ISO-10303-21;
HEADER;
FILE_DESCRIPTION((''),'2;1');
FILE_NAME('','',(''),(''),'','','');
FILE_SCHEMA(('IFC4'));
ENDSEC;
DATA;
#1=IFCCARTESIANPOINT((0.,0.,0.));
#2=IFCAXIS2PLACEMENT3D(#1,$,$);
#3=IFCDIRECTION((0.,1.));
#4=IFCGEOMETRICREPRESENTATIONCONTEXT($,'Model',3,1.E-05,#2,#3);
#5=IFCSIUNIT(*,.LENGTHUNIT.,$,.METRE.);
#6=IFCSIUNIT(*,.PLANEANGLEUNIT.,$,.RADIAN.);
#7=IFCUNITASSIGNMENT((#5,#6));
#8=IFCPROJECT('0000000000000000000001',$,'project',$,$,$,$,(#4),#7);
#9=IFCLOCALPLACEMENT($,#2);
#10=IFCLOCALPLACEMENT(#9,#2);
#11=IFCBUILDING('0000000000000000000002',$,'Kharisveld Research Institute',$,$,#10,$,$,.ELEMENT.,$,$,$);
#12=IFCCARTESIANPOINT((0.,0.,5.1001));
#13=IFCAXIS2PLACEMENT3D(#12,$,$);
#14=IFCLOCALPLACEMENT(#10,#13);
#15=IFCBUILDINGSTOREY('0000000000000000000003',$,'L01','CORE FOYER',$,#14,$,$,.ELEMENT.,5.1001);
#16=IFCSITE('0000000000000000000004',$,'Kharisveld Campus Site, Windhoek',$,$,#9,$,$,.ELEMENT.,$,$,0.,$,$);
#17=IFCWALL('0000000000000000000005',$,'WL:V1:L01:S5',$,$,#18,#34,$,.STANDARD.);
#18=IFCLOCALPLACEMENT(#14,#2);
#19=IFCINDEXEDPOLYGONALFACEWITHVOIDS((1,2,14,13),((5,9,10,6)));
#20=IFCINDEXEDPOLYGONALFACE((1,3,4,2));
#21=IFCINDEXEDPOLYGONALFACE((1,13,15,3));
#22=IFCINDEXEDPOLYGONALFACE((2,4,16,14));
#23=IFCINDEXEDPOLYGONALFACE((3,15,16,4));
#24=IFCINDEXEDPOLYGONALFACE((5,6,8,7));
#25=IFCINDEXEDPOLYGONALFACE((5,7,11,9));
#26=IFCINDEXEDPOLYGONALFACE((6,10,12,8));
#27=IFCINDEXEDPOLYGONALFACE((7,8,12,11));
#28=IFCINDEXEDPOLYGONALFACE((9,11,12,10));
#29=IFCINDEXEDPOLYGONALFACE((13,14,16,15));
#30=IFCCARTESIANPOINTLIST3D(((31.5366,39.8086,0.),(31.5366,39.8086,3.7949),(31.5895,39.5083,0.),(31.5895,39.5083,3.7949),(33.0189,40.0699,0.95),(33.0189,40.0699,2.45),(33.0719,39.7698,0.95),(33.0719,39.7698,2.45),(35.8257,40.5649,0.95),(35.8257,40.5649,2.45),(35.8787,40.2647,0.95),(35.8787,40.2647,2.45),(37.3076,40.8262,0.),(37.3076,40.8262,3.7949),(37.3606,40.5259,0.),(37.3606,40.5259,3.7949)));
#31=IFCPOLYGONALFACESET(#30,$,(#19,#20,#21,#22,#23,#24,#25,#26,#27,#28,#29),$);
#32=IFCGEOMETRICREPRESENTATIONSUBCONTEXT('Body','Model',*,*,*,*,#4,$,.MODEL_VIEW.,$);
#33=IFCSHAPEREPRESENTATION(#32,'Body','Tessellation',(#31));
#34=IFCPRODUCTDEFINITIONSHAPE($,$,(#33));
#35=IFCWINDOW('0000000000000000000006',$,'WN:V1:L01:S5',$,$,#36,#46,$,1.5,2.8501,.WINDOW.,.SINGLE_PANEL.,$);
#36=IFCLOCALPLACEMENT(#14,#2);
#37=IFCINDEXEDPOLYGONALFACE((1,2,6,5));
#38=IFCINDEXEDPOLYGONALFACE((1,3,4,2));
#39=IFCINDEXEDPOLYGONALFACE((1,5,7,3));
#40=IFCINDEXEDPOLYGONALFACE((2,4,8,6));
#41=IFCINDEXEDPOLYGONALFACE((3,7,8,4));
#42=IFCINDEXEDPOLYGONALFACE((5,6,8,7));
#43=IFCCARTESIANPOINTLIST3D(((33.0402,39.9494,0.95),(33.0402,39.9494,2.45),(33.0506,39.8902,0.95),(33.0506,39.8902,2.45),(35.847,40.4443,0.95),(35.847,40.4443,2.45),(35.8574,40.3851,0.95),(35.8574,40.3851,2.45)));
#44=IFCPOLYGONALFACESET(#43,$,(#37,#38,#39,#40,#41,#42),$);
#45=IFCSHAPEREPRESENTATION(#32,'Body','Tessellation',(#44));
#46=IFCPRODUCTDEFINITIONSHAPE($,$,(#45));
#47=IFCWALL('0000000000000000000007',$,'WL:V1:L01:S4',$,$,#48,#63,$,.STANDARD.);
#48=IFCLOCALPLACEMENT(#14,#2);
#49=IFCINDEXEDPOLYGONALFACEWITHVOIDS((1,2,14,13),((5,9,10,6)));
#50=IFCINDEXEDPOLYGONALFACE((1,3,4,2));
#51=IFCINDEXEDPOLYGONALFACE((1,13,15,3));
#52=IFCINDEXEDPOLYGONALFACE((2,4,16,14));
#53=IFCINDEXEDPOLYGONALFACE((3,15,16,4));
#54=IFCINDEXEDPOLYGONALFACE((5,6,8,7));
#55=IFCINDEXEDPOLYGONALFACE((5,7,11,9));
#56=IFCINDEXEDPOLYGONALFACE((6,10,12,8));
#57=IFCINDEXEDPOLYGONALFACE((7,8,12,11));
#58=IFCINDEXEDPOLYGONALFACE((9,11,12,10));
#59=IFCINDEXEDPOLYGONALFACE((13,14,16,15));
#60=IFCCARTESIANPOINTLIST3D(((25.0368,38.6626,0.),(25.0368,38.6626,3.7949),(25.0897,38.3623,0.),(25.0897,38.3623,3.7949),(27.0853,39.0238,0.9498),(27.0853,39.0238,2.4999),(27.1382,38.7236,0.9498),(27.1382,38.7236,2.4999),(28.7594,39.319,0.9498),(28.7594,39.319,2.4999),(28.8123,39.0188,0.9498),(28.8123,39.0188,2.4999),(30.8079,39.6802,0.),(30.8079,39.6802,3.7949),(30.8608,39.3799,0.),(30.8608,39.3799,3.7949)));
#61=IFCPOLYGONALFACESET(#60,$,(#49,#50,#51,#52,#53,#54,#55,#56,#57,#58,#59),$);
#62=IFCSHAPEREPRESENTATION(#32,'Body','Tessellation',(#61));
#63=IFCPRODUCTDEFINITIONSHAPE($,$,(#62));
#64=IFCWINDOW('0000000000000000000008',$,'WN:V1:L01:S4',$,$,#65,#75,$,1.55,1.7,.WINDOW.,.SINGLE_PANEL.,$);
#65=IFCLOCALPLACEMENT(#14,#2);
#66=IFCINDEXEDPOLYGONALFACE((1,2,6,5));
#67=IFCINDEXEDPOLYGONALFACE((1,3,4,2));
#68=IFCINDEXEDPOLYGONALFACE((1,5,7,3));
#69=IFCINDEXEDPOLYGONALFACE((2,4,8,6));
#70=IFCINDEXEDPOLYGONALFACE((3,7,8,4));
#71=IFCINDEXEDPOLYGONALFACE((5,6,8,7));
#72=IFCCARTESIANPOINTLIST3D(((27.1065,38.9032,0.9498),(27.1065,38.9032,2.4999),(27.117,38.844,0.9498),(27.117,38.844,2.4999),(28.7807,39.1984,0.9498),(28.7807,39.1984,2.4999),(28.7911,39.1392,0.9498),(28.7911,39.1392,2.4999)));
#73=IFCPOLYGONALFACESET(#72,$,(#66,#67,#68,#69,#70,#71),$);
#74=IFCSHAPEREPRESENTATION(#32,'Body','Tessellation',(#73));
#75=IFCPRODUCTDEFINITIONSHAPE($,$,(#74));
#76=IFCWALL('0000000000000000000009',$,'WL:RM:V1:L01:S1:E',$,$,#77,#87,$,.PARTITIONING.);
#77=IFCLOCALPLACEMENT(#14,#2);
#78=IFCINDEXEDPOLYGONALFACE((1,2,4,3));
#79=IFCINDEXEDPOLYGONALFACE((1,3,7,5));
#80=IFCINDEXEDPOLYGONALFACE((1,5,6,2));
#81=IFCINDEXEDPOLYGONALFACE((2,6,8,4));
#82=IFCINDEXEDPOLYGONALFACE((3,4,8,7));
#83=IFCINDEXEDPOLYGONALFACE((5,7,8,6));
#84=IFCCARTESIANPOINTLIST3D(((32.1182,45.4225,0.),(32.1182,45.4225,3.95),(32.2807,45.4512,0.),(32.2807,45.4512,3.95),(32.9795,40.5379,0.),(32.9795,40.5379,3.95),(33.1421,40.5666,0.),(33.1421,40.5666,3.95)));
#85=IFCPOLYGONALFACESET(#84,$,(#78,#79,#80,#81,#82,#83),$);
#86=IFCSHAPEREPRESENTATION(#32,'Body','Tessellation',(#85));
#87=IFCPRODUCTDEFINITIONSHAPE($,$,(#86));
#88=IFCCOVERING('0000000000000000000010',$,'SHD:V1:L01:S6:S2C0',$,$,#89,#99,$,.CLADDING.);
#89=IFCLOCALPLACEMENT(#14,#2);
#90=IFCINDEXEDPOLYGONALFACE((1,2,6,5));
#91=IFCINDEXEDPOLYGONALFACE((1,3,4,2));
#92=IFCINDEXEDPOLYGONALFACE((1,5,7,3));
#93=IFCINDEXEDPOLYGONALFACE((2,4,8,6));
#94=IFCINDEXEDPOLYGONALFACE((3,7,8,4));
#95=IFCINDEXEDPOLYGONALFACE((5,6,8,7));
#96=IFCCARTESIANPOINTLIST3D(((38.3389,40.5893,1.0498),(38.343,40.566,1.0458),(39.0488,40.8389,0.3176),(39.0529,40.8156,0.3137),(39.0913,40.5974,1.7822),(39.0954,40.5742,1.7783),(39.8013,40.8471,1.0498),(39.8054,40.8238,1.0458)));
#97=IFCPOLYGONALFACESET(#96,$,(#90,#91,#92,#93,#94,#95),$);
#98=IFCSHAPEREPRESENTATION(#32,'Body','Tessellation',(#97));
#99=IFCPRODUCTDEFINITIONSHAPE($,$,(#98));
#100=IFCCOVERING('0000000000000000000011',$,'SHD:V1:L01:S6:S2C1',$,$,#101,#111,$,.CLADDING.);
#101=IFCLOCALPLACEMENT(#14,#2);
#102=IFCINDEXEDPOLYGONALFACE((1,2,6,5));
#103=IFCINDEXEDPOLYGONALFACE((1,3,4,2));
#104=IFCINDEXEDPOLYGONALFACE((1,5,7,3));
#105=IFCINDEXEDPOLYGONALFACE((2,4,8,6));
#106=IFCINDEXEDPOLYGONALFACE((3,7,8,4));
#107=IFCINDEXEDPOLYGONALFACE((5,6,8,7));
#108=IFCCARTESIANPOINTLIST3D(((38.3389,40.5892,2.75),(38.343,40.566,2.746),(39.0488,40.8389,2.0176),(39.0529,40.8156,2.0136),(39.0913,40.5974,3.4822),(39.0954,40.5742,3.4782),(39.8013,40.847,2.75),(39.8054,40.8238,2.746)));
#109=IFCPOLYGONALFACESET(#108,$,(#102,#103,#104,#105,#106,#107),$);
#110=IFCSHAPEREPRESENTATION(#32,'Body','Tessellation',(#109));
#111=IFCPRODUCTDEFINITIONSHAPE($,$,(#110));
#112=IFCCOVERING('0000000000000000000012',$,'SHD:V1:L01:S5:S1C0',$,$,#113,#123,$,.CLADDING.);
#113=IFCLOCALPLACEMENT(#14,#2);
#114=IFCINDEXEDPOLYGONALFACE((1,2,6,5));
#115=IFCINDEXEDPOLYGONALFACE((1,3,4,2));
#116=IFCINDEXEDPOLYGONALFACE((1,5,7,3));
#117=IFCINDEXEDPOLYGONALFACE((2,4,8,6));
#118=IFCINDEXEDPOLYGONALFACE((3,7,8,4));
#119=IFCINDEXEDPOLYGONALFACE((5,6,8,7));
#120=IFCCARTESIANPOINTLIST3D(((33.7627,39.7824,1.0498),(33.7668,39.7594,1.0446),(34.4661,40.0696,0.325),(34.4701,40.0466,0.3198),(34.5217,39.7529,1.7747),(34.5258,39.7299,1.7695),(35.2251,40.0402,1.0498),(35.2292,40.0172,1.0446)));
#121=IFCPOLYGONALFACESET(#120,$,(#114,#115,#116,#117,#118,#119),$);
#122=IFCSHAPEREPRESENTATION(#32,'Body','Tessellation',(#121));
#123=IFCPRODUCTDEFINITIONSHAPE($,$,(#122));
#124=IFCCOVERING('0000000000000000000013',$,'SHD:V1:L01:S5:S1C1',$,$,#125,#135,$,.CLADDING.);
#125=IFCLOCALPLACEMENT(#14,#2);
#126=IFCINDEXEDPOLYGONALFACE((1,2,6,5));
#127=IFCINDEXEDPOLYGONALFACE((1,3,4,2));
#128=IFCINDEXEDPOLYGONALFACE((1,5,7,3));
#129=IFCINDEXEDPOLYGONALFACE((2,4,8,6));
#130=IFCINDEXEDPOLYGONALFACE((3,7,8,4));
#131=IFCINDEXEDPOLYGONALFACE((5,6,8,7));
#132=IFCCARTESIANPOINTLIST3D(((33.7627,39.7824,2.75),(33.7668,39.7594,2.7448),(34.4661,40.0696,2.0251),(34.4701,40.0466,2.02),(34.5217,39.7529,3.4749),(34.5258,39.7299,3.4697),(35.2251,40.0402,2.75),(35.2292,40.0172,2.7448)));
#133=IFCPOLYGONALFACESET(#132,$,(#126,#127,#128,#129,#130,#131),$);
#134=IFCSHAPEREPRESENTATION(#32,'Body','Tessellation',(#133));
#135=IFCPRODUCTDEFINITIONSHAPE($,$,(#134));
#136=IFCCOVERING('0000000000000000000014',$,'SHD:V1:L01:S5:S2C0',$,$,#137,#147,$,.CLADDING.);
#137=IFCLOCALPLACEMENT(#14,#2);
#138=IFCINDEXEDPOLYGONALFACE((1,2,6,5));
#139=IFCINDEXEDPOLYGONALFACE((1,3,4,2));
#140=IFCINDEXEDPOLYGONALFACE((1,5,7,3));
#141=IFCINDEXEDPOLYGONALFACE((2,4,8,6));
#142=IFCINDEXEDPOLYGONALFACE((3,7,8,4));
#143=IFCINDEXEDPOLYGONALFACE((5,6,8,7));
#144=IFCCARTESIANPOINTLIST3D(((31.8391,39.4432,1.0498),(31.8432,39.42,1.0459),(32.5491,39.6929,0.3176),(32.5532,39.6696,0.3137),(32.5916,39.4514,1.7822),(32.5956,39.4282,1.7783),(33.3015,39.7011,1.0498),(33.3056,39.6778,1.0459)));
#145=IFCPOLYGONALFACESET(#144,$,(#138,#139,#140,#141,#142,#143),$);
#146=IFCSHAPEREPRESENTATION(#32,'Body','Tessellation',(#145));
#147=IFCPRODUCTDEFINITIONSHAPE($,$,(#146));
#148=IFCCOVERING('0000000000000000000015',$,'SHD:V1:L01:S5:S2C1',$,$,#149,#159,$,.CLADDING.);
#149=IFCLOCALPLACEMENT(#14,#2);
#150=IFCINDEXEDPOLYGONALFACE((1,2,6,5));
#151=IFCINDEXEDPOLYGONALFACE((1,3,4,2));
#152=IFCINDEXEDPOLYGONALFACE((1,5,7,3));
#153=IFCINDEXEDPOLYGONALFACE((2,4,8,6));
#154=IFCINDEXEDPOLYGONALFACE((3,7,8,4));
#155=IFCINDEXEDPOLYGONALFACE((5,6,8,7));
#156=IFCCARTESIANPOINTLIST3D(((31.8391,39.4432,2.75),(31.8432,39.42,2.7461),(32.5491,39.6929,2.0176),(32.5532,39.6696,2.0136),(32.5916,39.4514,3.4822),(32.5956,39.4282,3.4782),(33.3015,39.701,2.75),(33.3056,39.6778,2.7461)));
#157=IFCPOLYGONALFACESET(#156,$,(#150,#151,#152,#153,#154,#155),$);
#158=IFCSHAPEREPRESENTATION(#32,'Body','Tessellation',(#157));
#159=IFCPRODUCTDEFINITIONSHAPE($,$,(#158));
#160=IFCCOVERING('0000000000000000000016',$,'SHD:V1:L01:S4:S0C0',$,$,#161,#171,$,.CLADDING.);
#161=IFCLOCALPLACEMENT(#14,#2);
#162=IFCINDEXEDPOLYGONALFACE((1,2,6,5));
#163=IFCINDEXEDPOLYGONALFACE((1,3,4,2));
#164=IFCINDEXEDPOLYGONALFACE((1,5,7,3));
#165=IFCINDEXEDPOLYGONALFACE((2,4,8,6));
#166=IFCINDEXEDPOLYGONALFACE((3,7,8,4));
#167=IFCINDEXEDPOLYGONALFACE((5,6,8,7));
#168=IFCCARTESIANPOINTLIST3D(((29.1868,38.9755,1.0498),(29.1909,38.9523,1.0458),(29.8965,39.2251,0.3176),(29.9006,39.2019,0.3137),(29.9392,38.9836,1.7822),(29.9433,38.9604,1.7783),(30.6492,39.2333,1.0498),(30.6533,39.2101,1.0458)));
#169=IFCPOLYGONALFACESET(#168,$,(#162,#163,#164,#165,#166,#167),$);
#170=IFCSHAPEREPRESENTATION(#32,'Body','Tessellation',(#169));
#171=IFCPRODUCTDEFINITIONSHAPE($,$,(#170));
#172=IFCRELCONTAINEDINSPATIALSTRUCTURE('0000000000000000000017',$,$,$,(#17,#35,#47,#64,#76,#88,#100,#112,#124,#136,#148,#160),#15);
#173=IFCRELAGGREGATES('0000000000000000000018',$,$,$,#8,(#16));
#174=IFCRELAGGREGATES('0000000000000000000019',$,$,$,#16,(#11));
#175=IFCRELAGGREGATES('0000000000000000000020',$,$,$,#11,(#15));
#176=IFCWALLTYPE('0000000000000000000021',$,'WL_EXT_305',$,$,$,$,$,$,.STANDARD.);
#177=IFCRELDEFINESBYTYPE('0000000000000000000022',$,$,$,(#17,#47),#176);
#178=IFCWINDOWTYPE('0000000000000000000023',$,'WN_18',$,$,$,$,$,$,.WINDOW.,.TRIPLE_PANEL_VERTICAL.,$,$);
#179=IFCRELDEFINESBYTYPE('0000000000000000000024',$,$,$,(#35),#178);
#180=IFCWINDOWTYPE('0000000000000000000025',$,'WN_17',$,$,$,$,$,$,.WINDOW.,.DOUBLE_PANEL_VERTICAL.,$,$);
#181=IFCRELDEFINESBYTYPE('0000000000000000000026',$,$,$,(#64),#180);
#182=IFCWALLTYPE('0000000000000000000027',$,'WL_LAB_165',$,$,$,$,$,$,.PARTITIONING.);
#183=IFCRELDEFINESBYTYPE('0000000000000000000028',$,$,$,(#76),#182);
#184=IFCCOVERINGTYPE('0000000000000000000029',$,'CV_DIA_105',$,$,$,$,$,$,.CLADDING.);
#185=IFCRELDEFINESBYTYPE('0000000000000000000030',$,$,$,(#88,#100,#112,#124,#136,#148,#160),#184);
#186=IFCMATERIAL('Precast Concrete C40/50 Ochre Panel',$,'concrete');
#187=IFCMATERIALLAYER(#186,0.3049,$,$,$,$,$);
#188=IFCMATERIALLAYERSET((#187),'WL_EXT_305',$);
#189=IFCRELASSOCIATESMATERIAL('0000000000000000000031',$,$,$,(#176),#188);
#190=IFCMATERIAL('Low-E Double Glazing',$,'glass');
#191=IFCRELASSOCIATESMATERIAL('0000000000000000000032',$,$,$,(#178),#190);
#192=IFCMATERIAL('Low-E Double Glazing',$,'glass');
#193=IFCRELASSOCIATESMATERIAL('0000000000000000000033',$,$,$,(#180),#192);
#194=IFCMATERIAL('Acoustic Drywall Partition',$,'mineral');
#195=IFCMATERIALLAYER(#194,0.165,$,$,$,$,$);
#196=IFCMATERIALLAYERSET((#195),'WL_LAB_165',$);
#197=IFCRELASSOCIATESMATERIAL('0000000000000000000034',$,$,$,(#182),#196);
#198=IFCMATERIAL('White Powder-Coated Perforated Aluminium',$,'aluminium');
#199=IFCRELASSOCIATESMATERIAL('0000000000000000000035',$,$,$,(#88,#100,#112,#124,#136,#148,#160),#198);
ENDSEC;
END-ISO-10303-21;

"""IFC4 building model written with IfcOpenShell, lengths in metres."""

from ifc_helpers import new_model, si_unit, direction, frame, frame_2d, origin, place, context, subcontext, project, spatial, polyline, rectangle, outline, extrude, material, layer, layer_set, type_object, element, fill, save


model = new_model("IFC4")

# Units and contexts
model_context = context("Model", 3, precision=1e-05, world=origin(), true_north=direction((0.0, 1.0)))
body_context = subcontext(model_context, "Body", "Model", "MODEL_VIEW")
ifc_project = project(units=[si_unit("LENGTHUNIT", "METRE"), si_unit("PLANEANGLEUNIT", "RADIAN")], contexts=[model_context])

# Site, building, storey
site_placement = place(None, origin())
site = spatial("IfcSite", under=ifc_project, at=site_placement, Name="Kharisveld Campus Site, Windhoek", CompositionType="ELEMENT", RefElevation=0.0)
building_placement = place(site_placement, origin())
building = spatial("IfcBuilding", under=site, at=building_placement, Name="Kharisveld Research Institute", CompositionType="ELEMENT")
storey_placement = place(building_placement, frame((0.0, 0.0, 5.1001)))
storey = spatial("IfcBuildingStorey", under=building, at=storey_placement, Name="L01", Description="CORE FOYER", CompositionType="ELEMENT", Elevation=5.1001)

# Walls, openings, windows
ifc_material_1 = material(Name="Precast Concrete C40/50 Ochre Panel", Category="concrete")
ifc_layer_1 = layer(ifc_material_1, 0.3049)
ifc_layer_set_1 = layer_set([ifc_layer_1], Name="WL_EXT_305")
wall_type_1 = type_object("IfcWallType", Name="WL_EXT_305", PredefinedType="STANDARD", material=ifc_layer_set_1)
wall_1_placement = place(storey_placement, frame((37.3342, 40.676, 0.0), z_axis=(0.0, 0.0, 1.0), x_axis=(-0.984808, -0.173647, 0.0)))
wall_1 = element("IfcWall", 1, at=wall_1_placement, inside=storey, type_object=wall_type_1, Name="WL:V1:L01:S5", PredefinedType="STANDARD", context=body_context, shape_type="SweptSolid", body=[
    extrude(rectangle(XDim=5.8601, YDim=0.3049, at=frame_2d((2.9302, 0.0))), origin(), (0.0, 0.0, 1.0), 3.7949),
])
opening_1_placement = place(wall_1_placement, frame((1.5049, 0.0, 0.95)))
opening_1 = element("IfcOpeningElement", 2, at=opening_1_placement, cuts=wall_1, PredefinedType="OPENING", context=body_context, shape_type="SweptSolid", body=[
    extrude(rectangle(XDim=2.8501, YDim=1.5, at=frame_2d((1.425, 0.75))), frame((0.0, 0.1523, 0.0), z_axis=(0.0, -1.0, 0.0), x_axis=(1.0, 0.0, 0.0)), (0.0, 0.0, 1.0), 0.3049),
])
ifc_material_2 = material(Name="Low-E Double Glazing", Category="glass")
window_type_1 = type_object("IfcWindowType", Name="WN_18", PartitioningType="TRIPLE_PANEL_VERTICAL", PredefinedType="WINDOW", material=ifc_material_2)
window_1_placement = place(opening_1_placement, origin())
window_1 = element("IfcWindow", 3, at=window_1_placement, inside=storey, type_object=window_type_1, Name="WN:V1:L01:S5", OverallHeight=1.5, OverallWidth=2.8501, PartitioningType="SINGLE_PANEL", PredefinedType="WINDOW", context=body_context, shape_type="SweptSolid", body=[
    extrude(rectangle(XDim=2.8501, YDim=1.5, at=frame_2d((1.425, 0.75))), frame((0.0, 0.03, 0.0), z_axis=(0.0, -1.0, 0.0), x_axis=(1.0, 0.0, 0.0)), (0.0, 0.0, 1.0), 0.0601),
])
fill(opening_1, window_1)
wall_2_placement = place(storey_placement, frame((30.8345, 39.53, 0.0), z_axis=(0.0, 0.0, 1.0), x_axis=(-0.984808, -0.173647, 0.0)))
wall_2 = element("IfcWall", 4, at=wall_2_placement, inside=storey, type_object=wall_type_1, Name="WL:V1:L01:S4", PredefinedType="STANDARD", context=body_context, shape_type="SweptSolid", body=[
    extrude(rectangle(XDim=5.8601, YDim=0.3049, at=frame_2d((2.9302, 0.0))), origin(), (0.0, 0.0, 1.0), 3.7949),
])
opening_2_placement = place(wall_2_placement, frame((2.0801, 0.0, 0.95)))
opening_2 = element("IfcOpeningElement", 5, at=opening_2_placement, cuts=wall_2, PredefinedType="OPENING", context=body_context, shape_type="SweptSolid", body=[
    extrude(rectangle(XDim=1.7, YDim=1.55, at=frame_2d((0.8501, 0.7749))), frame((0.0, 0.1523, 0.0), z_axis=(0.0, -1.0, 0.0), x_axis=(1.0, 0.0, 0.0)), (0.0, 0.0, 1.0), 0.3049),
])
ifc_material_3 = material(Name="Low-E Double Glazing", Category="glass")
window_type_2 = type_object("IfcWindowType", Name="WN_17", PartitioningType="DOUBLE_PANEL_VERTICAL", PredefinedType="WINDOW", material=ifc_material_3)
window_2_placement = place(opening_2_placement, origin())
window_2 = element("IfcWindow", 6, at=window_2_placement, inside=storey, type_object=window_type_2, Name="WN:V1:L01:S4", OverallHeight=1.55, OverallWidth=1.7, PartitioningType="SINGLE_PANEL", PredefinedType="WINDOW", context=body_context, shape_type="SweptSolid", body=[
    extrude(rectangle(XDim=1.7, YDim=1.55, at=frame_2d((0.8501, 0.7749))), frame((0.0, 0.03, 0.0), z_axis=(0.0, -1.0, 0.0), x_axis=(1.0, 0.0, 0.0)), (0.0, 0.0, 1.0), 0.0601),
])
fill(opening_2, window_2)

# Wall
ifc_material_4 = material(Name="Acoustic Drywall Partition", Category="mineral")
ifc_layer_2 = layer(ifc_material_4, 0.165)
ifc_layer_set_2 = layer_set([ifc_layer_2], Name="WL_LAB_165")
wall_type_2 = type_object("IfcWallType", Name="WL_LAB_165", PredefinedType="PARTITIONING", material=ifc_layer_set_2)
wall_3_placement = place(storey_placement, frame((33.0608, 40.5522, 0.0), z_axis=(0.0, 0.0, 1.0), x_axis=(-0.173659, 0.984806, 0.0)))
element("IfcWall", 7, at=wall_3_placement, inside=storey, type_object=wall_type_2, Name="WL:RM:V1:L01:S1:E", PredefinedType="PARTITIONING", context=body_context, shape_type="SweptSolid", body=[
    extrude(rectangle(XDim=4.96, YDim=0.165, at=frame_2d((2.48, 0.0))), origin(), (0.0, 0.0, 1.0), 3.95),
])

# Coverings
ifc_material_5 = material(Name="White Powder-Coated Perforated Aluminium", Category="aluminium")
covering_type = type_object("IfcCoveringType", Name="CV_DIA_105", PredefinedType="CLADDING")
covering_1_placement = place(storey_placement, frame((39.0488, 40.8389, 0.3176), z_axis=(-0.171234, 0.971299, 0.165096), x_axis=(-0.676173, -0.237734, 0.697333)))
element("IfcCovering", 8, at=covering_1_placement, inside=storey, type_object=covering_type, material=ifc_material_5, Name="SHD:V1:L01:S6:S2C0", PredefinedType="CLADDING", context=body_context, shape_type="SweptSolid", body=[
    extrude(outline(polyline([(0.0, 0.0), (1.0499, 0.0), (1.05, 1.0501), (-0.0002, 1.0499), (0.0, 0.0)])), origin(), (0.0, 0.0, -1.0), 0.0239),
])
covering_2_placement = place(storey_placement, frame((39.0488, 40.8389, 2.0176), z_axis=(-0.171234, 0.971299, 0.165096), x_axis=(-0.676056, -0.237732, 0.697446)))
element("IfcCovering", 9, at=covering_2_placement, inside=storey, type_object=covering_type, material=ifc_material_5, Name="SHD:V1:L01:S6:S2C1", PredefinedType="CLADDING", context=body_context, shape_type="SweptSolid", body=[
    extrude(outline(polyline([(0.0, 0.0), (1.0501, 0.0), (1.0502, 1.0499), (0.0002, 1.0501), (0.0, 0.0)])), origin(), (0.0, 0.0, -1.0), 0.0239),
])
for number, where, z_axis, x_axis, name in (
    (10, (34.4661, 40.0696, 0.325), (-0.169498, 0.961453, 0.216512), (-0.669834, -0.273536, 0.69029), "SHD:V1:L01:S5:S1C0"),
    (11, (34.4661, 40.0696, 2.0251), (-0.169498, 0.961453, 0.216512), (-0.669834, -0.273536, 0.69029), "SHD:V1:L01:S5:S1C1"),
):
    element("IfcCovering", number, at=place(storey_placement, frame(where, z_axis=z_axis, x_axis=x_axis)), inside=storey, type_object=covering_type, material=ifc_material_5, Name=name, PredefinedType="CLADDING", context=body_context, shape_type="SweptSolid", body=[
        extrude(outline(polyline([(0.0, 0.0), (1.05, 0.0), (1.05, 1.05), (-0.0001, 1.05), (0.0, 0.0)])), origin(), (0.0, 0.0, -1.0), 0.0239),
    ])
covering_3_placement = place(storey_placement, frame((32.5491, 39.6929, 0.3176), z_axis=(-0.171234, 0.971299, 0.165096), x_axis=(-0.676174, -0.237734, 0.697332)))
element("IfcCovering", 12, at=covering_3_placement, inside=storey, type_object=covering_type, material=ifc_material_5, Name="SHD:V1:L01:S5:S2C0", PredefinedType="CLADDING", context=body_context, shape_type="SweptSolid", body=[
    extrude(outline(polyline([(0.0, 0.0), (1.05, 0.0), (1.05, 1.0501), (-0.0001, 1.0499), (0.0, 0.0)])), origin(), (0.0, 0.0, -1.0), 0.0239),
])
covering_4_placement = place(storey_placement, frame((32.5491, 39.6929, 2.0176), z_axis=(-0.171234, 0.971299, 0.165096), x_axis=(-0.676058, -0.237732, 0.697445)))
element("IfcCovering", 13, at=covering_4_placement, inside=storey, type_object=covering_type, material=ifc_material_5, Name="SHD:V1:L01:S5:S2C1", PredefinedType="CLADDING", context=body_context, shape_type="SweptSolid", body=[
    extrude(outline(polyline([(0.0, 0.0), (1.0502, 0.0), (1.0502, 1.0499), (0.0002, 1.0501), (0.0, 0.0)])), origin(), (0.0, 0.0, -1.0), 0.0239),
])
covering_5_placement = place(storey_placement, frame((29.8965, 39.2251, 0.3176), z_axis=(-0.171233, 0.971295, 0.165124), x_axis=(-0.67605, -0.237752, 0.697446)))
element("IfcCovering", 14, at=covering_5_placement, inside=storey, type_object=covering_type, material=ifc_material_5, Name="SHD:V1:L01:S4:S0C0", PredefinedType="CLADDING", context=body_context, shape_type="SweptSolid", body=[
    extrude(outline(polyline([(0.0, 0.0), (1.0498, 0.0), (1.05, 1.0501), (-0.0002, 1.0501), (0.0, 0.0)])), origin(), (0.0, 0.0, -1.0), 0.0239),
])

save(model, "model.ifc")
